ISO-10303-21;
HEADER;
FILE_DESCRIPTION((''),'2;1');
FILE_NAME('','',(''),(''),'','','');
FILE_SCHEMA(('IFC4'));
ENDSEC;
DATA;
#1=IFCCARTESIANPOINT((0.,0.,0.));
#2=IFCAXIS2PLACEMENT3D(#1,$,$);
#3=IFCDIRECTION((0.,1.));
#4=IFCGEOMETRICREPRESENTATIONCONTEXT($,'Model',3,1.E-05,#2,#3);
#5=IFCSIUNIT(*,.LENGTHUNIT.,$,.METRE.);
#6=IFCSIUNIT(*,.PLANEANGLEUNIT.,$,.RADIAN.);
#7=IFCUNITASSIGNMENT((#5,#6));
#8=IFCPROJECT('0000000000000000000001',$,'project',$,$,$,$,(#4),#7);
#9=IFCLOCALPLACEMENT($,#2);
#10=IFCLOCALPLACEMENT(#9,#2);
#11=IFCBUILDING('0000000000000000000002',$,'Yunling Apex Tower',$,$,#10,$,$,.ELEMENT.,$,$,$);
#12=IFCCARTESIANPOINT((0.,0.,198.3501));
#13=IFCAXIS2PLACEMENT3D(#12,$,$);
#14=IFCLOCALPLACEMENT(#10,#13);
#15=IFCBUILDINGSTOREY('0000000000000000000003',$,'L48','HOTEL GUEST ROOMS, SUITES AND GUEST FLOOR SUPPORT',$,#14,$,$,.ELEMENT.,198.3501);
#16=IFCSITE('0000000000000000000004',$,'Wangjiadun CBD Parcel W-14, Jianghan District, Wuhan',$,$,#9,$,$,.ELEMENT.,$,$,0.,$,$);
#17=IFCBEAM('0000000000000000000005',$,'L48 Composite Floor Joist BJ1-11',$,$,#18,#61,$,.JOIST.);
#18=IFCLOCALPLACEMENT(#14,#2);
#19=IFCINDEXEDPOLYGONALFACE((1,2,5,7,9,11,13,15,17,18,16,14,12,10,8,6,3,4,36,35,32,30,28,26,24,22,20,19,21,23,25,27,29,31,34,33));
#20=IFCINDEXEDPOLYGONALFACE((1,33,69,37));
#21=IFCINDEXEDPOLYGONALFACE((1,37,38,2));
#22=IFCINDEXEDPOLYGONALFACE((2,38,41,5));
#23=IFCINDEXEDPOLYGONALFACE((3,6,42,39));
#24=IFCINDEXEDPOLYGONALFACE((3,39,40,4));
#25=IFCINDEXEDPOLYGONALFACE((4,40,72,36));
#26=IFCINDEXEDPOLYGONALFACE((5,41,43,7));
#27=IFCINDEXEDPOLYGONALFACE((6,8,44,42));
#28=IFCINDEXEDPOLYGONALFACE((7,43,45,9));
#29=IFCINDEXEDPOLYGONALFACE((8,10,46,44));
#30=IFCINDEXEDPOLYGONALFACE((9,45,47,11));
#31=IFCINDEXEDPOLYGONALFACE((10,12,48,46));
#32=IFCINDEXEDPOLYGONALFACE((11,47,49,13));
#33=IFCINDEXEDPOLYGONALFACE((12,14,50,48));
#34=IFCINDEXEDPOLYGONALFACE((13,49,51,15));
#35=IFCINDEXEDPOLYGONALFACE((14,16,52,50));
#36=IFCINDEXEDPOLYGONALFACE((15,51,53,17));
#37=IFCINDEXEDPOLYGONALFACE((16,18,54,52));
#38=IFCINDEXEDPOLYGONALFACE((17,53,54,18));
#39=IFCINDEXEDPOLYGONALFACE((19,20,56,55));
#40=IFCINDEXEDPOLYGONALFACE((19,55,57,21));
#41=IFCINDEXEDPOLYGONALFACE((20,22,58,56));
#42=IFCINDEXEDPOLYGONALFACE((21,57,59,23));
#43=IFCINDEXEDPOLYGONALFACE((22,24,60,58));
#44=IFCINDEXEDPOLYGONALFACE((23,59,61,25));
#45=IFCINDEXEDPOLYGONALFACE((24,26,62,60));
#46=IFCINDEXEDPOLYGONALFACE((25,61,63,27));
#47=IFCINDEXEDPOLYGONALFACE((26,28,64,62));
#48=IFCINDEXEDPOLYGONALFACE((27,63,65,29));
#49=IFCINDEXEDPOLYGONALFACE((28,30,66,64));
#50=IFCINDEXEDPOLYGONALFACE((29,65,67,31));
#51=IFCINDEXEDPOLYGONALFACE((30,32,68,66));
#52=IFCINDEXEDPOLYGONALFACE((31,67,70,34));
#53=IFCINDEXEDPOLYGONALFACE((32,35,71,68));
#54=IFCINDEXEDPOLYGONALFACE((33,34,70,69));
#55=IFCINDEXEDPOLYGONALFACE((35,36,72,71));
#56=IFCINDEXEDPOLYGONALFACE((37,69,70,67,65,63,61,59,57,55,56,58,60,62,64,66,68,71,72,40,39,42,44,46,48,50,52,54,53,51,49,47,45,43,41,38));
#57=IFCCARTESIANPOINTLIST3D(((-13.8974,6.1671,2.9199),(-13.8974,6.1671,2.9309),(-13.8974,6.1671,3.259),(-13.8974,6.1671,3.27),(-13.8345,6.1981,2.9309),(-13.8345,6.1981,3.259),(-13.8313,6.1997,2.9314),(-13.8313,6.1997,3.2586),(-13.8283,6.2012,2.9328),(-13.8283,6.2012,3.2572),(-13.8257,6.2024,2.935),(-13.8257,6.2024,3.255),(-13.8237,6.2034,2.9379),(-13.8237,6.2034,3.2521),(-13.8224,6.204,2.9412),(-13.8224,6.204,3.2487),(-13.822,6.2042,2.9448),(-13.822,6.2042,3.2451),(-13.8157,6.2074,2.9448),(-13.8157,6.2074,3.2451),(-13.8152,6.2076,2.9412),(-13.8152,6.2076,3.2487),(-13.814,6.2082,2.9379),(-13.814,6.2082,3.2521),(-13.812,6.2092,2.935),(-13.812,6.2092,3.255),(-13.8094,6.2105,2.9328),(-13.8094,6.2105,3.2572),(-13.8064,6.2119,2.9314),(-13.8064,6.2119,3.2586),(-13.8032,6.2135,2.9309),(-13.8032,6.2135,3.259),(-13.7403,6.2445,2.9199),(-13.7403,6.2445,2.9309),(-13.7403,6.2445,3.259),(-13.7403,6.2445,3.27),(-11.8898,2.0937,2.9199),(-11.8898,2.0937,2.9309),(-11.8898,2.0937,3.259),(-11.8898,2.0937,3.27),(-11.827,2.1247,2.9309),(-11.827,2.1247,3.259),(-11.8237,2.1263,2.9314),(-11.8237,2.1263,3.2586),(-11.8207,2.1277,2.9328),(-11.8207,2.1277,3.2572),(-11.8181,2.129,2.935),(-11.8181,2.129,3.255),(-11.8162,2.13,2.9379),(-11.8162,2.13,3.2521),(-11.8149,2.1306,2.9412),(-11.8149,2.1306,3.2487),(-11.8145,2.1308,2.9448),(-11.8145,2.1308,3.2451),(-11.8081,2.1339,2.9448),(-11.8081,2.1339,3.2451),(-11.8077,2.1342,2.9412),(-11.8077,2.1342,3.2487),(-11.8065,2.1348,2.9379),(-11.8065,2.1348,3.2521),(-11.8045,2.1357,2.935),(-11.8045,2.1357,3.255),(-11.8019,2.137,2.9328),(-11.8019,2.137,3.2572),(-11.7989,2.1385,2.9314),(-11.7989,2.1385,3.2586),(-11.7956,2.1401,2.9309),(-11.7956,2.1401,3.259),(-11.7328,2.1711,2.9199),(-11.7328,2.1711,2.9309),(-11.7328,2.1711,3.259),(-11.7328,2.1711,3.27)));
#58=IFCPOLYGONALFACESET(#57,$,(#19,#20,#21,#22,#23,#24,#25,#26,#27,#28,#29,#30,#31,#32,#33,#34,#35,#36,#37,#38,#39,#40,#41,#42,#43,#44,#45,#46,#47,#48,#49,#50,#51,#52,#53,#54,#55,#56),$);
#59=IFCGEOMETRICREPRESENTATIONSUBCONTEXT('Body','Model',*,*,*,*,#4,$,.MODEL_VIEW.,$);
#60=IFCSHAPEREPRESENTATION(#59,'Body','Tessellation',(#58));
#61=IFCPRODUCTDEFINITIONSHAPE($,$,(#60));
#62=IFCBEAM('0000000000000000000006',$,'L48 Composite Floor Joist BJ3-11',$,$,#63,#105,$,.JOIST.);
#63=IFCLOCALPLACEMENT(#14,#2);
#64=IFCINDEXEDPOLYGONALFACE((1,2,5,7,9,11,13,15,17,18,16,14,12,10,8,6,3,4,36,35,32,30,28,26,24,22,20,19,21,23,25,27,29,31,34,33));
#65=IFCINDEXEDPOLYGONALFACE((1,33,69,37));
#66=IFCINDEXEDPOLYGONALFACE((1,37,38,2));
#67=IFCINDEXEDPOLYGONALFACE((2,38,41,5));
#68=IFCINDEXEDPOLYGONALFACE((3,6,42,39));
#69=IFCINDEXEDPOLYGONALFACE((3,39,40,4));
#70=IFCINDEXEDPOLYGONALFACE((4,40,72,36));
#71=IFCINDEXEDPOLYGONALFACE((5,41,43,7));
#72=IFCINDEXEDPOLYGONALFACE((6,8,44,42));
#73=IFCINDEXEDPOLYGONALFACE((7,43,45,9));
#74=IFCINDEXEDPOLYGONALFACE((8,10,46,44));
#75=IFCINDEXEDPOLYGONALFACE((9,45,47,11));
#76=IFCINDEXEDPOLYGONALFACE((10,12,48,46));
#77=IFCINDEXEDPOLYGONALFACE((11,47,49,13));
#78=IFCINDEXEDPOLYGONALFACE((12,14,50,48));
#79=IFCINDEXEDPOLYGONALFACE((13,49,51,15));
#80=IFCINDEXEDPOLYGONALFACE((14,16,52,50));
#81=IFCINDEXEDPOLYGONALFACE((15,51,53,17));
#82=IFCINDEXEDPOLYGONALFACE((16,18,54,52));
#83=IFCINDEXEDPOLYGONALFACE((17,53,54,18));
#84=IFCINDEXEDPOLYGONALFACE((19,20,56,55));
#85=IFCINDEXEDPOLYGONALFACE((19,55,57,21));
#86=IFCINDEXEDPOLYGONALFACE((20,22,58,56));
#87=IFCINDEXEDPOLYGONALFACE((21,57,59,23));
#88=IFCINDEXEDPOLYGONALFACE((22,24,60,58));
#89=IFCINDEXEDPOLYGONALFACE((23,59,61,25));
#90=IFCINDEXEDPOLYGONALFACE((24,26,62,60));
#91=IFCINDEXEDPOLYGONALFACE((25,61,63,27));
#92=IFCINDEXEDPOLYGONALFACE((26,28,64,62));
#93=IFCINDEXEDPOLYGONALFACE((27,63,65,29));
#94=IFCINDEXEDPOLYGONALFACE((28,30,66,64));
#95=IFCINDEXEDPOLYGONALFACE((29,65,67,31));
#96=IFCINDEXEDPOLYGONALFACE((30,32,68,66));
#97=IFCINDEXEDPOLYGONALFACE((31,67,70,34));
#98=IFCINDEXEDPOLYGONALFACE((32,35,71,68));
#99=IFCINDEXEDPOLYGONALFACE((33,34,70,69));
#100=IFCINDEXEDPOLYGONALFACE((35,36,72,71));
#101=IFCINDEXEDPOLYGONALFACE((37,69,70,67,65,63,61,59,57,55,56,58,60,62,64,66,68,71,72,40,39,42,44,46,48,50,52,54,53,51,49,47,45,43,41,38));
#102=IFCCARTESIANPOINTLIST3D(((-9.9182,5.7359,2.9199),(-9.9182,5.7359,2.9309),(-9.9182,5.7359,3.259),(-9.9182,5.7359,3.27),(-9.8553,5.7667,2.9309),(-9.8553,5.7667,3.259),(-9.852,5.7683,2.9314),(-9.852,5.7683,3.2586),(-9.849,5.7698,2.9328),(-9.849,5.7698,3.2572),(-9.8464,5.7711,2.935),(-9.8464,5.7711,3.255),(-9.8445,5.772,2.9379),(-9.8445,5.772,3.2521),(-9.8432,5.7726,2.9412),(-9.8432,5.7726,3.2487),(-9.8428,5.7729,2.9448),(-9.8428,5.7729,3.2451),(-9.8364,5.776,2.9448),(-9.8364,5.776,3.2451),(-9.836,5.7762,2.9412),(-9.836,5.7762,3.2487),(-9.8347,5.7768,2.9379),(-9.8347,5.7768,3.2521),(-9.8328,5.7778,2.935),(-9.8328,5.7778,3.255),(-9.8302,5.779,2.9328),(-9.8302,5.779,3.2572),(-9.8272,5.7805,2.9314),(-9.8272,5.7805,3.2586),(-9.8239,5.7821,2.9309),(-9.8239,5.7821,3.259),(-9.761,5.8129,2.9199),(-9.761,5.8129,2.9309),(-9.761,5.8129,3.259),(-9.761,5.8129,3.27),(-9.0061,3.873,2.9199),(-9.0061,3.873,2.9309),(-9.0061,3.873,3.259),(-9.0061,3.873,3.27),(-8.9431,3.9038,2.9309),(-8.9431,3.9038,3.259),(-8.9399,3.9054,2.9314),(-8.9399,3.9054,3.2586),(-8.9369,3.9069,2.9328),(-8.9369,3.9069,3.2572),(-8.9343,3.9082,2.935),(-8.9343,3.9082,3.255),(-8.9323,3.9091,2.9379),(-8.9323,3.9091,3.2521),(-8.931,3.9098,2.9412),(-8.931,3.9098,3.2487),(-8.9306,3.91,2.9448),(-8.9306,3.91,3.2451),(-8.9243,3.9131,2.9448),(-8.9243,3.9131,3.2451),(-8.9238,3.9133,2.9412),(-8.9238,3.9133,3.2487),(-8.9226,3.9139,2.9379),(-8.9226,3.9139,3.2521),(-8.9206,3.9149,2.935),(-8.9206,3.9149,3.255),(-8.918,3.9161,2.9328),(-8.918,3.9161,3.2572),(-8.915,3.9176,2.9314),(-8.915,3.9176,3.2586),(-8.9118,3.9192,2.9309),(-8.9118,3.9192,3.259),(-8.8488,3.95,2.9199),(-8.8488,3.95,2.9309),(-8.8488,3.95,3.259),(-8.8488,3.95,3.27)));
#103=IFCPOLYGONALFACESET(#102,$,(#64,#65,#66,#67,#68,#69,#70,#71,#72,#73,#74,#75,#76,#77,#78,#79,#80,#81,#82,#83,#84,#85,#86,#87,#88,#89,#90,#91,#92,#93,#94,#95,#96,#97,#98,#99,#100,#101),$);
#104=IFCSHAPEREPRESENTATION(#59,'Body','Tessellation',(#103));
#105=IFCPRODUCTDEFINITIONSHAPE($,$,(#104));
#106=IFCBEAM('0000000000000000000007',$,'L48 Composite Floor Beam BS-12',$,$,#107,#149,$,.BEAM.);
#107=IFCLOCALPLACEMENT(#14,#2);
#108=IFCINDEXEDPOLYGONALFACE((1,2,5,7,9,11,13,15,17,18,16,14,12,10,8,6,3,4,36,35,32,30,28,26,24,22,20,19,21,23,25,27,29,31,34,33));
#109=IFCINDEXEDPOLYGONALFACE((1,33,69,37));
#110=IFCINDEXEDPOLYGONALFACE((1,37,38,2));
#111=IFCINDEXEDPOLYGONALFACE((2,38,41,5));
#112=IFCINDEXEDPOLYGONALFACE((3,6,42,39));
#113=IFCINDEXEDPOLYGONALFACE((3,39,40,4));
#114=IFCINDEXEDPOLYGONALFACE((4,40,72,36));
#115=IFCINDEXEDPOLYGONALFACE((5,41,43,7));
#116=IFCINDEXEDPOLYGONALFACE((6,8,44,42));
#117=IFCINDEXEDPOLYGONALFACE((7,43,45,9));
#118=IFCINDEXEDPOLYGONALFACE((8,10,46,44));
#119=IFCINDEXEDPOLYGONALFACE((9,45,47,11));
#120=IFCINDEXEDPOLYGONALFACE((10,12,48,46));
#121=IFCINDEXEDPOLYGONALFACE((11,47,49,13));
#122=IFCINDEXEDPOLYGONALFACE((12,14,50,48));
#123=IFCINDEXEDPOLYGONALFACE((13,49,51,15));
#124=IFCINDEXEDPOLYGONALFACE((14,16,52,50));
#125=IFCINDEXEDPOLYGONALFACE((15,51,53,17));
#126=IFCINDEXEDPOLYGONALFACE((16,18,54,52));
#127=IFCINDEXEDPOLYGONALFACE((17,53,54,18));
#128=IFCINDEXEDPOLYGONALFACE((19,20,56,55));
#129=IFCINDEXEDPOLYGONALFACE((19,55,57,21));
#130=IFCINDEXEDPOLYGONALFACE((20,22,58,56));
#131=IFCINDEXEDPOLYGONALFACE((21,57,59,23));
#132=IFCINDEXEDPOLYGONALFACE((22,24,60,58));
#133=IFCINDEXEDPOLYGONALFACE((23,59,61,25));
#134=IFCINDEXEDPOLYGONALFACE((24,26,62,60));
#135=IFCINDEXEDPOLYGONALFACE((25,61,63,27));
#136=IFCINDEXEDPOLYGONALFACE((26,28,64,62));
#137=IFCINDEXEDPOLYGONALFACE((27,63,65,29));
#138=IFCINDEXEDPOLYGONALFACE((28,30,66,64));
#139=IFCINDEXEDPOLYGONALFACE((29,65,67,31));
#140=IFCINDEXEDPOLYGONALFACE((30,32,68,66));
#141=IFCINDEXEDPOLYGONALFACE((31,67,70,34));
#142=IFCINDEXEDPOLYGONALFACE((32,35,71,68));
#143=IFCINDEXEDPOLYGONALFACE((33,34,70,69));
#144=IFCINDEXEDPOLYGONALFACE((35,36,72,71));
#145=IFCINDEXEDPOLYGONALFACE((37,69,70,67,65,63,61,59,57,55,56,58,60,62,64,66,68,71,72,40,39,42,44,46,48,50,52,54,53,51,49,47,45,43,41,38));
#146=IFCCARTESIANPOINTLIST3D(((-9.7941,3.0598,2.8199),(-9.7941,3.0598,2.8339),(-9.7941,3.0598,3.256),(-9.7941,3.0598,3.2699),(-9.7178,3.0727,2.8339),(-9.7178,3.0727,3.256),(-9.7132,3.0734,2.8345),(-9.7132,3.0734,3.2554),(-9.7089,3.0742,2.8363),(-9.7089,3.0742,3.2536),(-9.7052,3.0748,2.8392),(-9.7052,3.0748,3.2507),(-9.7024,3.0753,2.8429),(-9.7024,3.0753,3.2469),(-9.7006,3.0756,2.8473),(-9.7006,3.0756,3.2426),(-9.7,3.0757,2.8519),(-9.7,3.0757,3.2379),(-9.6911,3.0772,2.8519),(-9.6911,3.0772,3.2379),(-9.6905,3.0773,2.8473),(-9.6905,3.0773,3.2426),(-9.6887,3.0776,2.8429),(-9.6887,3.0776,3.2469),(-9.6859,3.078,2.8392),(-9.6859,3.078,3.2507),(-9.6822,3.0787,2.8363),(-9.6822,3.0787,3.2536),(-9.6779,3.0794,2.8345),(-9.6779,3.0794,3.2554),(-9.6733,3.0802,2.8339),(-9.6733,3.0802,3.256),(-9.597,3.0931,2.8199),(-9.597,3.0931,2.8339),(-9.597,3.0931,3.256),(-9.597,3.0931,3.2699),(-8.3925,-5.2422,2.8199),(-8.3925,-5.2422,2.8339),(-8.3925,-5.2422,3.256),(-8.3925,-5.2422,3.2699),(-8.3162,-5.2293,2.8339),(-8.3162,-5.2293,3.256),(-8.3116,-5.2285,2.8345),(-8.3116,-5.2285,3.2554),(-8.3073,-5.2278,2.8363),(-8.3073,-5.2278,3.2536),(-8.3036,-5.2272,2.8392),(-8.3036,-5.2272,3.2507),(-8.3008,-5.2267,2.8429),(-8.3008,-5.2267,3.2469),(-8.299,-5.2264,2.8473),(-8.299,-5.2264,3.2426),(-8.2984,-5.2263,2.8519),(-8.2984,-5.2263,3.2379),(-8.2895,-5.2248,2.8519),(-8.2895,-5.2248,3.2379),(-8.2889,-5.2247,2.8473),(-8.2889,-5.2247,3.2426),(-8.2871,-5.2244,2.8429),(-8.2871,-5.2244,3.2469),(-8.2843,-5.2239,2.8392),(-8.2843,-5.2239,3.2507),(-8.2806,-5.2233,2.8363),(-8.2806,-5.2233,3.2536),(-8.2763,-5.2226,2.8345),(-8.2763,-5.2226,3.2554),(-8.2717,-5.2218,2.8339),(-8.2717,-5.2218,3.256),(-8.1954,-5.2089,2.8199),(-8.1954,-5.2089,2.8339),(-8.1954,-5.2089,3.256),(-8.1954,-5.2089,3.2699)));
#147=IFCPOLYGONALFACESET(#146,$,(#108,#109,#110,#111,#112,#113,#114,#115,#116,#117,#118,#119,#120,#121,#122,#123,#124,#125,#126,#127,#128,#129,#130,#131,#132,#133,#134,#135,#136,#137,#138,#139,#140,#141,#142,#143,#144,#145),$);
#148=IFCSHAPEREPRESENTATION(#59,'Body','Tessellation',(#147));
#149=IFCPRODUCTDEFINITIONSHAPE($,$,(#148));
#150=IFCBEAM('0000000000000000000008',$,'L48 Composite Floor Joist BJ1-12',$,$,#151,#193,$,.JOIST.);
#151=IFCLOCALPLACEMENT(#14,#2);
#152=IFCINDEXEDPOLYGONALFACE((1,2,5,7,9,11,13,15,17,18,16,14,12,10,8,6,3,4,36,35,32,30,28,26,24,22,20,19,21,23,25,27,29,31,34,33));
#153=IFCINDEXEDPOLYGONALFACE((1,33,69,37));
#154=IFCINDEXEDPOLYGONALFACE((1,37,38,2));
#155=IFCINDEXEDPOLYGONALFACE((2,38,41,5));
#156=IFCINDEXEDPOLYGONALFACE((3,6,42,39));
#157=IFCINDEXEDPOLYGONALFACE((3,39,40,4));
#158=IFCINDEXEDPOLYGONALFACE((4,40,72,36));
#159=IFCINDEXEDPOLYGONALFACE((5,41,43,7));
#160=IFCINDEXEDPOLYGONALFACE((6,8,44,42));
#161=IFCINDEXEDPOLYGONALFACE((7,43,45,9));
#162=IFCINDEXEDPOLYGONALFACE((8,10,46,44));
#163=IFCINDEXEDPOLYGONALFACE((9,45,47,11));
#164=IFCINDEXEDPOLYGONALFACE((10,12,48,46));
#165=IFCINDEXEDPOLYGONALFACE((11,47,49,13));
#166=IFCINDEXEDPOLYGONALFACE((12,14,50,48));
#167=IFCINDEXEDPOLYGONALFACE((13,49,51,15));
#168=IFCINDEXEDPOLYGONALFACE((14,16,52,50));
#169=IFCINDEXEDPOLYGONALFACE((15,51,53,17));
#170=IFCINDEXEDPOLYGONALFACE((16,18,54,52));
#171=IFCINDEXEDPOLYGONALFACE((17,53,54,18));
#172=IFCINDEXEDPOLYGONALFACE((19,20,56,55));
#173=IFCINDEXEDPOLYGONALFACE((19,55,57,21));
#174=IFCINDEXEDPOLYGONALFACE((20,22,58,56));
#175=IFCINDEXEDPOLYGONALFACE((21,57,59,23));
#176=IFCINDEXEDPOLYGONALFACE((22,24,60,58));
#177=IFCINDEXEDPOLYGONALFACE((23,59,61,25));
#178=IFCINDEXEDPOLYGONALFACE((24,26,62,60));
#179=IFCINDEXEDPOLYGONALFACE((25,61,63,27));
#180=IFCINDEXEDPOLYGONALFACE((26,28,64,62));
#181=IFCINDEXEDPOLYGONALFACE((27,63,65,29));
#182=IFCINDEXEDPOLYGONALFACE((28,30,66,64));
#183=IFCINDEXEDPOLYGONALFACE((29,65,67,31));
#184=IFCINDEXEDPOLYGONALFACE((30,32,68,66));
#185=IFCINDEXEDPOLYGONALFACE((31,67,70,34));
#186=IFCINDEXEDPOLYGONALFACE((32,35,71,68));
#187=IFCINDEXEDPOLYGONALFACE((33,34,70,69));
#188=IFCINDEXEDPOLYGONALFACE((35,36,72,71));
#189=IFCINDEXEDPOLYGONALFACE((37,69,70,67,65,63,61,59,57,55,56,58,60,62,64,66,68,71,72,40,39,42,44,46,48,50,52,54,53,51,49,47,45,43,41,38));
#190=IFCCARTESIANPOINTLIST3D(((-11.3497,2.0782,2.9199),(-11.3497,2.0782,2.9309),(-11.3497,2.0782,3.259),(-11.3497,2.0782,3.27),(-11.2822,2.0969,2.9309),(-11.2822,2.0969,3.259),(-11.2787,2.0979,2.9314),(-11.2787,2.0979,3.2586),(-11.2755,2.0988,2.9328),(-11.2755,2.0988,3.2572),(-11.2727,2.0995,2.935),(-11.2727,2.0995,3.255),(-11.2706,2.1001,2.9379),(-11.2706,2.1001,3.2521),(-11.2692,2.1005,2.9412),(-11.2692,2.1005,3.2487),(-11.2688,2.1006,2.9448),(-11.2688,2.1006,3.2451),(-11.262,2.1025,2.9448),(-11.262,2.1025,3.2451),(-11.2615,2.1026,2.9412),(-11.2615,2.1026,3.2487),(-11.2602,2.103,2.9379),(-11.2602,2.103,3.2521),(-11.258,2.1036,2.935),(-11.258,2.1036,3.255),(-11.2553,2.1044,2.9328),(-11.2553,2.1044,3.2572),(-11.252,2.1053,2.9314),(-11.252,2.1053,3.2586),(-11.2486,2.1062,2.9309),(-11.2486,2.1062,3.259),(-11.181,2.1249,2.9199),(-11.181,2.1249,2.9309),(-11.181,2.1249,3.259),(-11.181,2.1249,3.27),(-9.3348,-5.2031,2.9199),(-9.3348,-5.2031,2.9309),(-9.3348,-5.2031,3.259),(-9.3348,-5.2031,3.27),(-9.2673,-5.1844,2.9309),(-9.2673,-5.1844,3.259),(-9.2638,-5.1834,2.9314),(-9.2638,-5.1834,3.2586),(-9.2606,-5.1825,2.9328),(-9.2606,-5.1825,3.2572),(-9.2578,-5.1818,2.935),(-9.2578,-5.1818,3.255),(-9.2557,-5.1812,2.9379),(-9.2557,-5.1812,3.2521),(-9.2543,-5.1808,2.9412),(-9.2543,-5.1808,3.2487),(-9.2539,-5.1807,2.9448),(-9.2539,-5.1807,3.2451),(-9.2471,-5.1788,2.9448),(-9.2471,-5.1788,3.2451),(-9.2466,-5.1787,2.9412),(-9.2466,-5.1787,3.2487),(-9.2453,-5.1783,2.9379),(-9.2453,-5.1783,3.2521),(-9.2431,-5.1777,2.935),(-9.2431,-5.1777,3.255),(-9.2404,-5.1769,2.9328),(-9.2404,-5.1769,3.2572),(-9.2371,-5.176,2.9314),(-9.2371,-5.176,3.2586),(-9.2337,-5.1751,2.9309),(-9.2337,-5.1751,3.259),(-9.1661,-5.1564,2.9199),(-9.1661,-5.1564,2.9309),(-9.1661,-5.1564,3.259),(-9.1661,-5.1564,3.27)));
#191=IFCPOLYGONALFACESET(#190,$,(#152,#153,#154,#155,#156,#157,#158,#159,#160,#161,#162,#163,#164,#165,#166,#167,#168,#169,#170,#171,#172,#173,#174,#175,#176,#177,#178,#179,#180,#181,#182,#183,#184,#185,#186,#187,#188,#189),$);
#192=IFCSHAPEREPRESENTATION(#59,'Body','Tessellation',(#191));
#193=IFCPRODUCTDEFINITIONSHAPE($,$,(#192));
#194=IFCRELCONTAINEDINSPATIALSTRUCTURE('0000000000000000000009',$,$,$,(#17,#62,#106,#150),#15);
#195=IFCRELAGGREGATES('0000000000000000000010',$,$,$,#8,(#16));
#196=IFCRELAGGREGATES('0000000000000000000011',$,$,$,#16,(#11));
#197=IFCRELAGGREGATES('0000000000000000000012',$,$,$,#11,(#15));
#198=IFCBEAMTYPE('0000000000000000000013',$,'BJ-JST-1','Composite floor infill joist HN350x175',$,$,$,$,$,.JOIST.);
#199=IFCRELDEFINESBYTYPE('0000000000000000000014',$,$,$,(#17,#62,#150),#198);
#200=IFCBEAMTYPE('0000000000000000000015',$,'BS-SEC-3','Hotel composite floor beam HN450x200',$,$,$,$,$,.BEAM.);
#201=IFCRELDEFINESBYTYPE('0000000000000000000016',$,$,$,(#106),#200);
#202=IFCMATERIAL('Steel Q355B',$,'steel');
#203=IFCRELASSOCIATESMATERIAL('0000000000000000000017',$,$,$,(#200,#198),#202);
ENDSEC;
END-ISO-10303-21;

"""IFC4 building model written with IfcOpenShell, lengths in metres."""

from ifc_helpers import new_model, si_unit, direction, frame, origin, origin_2d, place, context, subcontext, project, spatial, i_section, extrude, source, transform, mapped, material, material_profile, profile_set, type_object, element, save


model = new_model("IFC4")

# Units and contexts
model_context = context("Model", 3, precision=1e-05, world=origin(), true_north=direction((0.0, 1.0)))
body_context = subcontext(model_context, "Body", "Model", "MODEL_VIEW")
ifc_project = project(units=[si_unit("LENGTHUNIT", "METRE"), si_unit("PLANEANGLEUNIT", "RADIAN")], contexts=[model_context])

# Site, building, storey
site_placement = place(None, origin())
site = spatial("IfcSite", under=ifc_project, at=site_placement, Name="Wangjiadun CBD Parcel W-14, Jianghan District, Wuhan", CompositionType="ELEMENT", RefElevation=0.0)
building_placement = place(site_placement, origin())
building = spatial("IfcBuilding", under=site, at=building_placement, Name="Yunling Apex Tower", CompositionType="ELEMENT")
storey_placement = place(building_placement, frame((0.0, 0.0, 198.3501)))
storey = spatial("IfcBuildingStorey", under=building, at=storey_placement, Name="L48", Description="HOTEL GUEST ROOMS, SUITES AND GUEST FLOOR SUPPORT", CompositionType="ELEMENT", Elevation=198.3501)

# Beams
ifc_material_1 = material(Name="Steel Q355B", Category="steel")
ifc_material_profile_1 = material_profile(ifc_material_1, i_section(OverallWidth=0.2, OverallDepth=0.45, WebThickness=0.009, FlangeThickness=0.0139, FilletRadius=0.0181, at=origin_2d()))
ifc_profile_set_1 = profile_set([ifc_material_profile_1], Name="Steel Q355B")
beam_type_1 = type_object("IfcBeamType", Name="BS-SEC-3", Description="Hotel composite floor beam HN450x200", PredefinedType="BEAM", material=ifc_profile_set_1)
ifc_material_profile_2 = material_profile(ifc_material_1, i_section(OverallWidth=0.175, OverallDepth=0.3501, WebThickness=0.0071, FlangeThickness=0.011, FilletRadius=0.0139, at=origin_2d()))
ifc_profile_set_2 = profile_set([ifc_material_profile_2], Name="Steel Q355B")
beam_type_2 = type_object("IfcBeamType", Name="BJ-JST-1", Description="Composite floor infill joist HN350x175", PredefinedType="JOIST", material=ifc_profile_set_2)
shared_shape_1 = source(origin(), body_context, "Body", "SweptSolid", [
    extrude(i_section(OverallWidth=0.175, OverallDepth=0.3501, WebThickness=0.0071, FlangeThickness=0.011, FilletRadius=0.0139, at=origin_2d()), origin(), (0.0, 0.0, 1.0), 4.5413),
])
beam_1_placement = place(storey_placement, frame((-13.8188, 6.2058, 3.095), z_axis=(0.442067, -0.896982, 0.0), x_axis=(0.896982, 0.442067, 0.0)))
element("IfcBeam", 1, at=beam_1_placement, inside=storey, type_object=beam_type_2, Name="L48 Composite Floor Joist BJ1-11", PredefinedType="JOIST", context=body_context, shape_type="MappedRepresentation", body=[
    mapped(shared_shape_1, transform((0.0, 0.0, 0.0), scale=1.0)),
])
shared_shape_2 = source(origin(), body_context, "Body", "SweptSolid", [
    extrude(i_section(OverallWidth=0.175, OverallDepth=0.3501, WebThickness=0.0071, FlangeThickness=0.011, FilletRadius=0.0139, at=origin_2d()), origin(), (0.0, 0.0, 1.0), 2.0742),
])
beam_2_placement = place(storey_placement, frame((-9.8396, 5.7744, 3.095), z_axis=(0.439759, -0.898116, 0.0), x_axis=(0.898116, 0.439759, 0.0)))
element("IfcBeam", 2, at=beam_2_placement, inside=storey, type_object=beam_type_2, Name="L48 Composite Floor Joist BJ3-11", PredefinedType="JOIST", context=body_context, shape_type="MappedRepresentation", body=[
    mapped(shared_shape_2, transform((0.0, 0.0, 0.0), scale=1.0)),
])
shared_shape_3 = source(origin(), body_context, "Body", "SweptSolid", [
    extrude(i_section(OverallWidth=0.2, OverallDepth=0.45, WebThickness=0.009, FlangeThickness=0.0139, FilletRadius=0.0181, at=origin_2d()), origin(), (0.0, 0.0, 1.0), 8.4194),
])
beam_3_placement = place(storey_placement, frame((-9.6956, 3.0764, 3.0449), z_axis=(0.166472, -0.986046, 0.0), x_axis=(0.986046, 0.166472, 0.0)))
element("IfcBeam", 3, at=beam_3_placement, inside=storey, type_object=beam_type_1, Name="L48 Composite Floor Beam BS-12", PredefinedType="BEAM", context=body_context, shape_type="MappedRepresentation", body=[
    mapped(shared_shape_3, transform((0.0, 0.0, 0.0), scale=1.0)),
])
shared_shape_4 = source(origin(), body_context, "Body", "SweptSolid", [
    extrude(i_section(OverallWidth=0.175, OverallDepth=0.3501, WebThickness=0.0071, FlangeThickness=0.011, FilletRadius=0.0139, at=origin_2d()), origin(), (0.0, 0.0, 1.0), 7.5549),
])
beam_4_placement = place(storey_placement, frame((-11.2654, 2.1016, 3.095), z_axis=(0.2667, -0.963779, 0.0), x_axis=(0.963779, 0.2667, 0.0)))
element("IfcBeam", 4, at=beam_4_placement, inside=storey, type_object=beam_type_2, Name="L48 Composite Floor Joist BJ1-12", PredefinedType="JOIST", context=body_context, shape_type="MappedRepresentation", body=[
    mapped(shared_shape_4, transform((0.0, 0.0, 0.0), scale=1.0)),
])

save(model, "model.ifc")
